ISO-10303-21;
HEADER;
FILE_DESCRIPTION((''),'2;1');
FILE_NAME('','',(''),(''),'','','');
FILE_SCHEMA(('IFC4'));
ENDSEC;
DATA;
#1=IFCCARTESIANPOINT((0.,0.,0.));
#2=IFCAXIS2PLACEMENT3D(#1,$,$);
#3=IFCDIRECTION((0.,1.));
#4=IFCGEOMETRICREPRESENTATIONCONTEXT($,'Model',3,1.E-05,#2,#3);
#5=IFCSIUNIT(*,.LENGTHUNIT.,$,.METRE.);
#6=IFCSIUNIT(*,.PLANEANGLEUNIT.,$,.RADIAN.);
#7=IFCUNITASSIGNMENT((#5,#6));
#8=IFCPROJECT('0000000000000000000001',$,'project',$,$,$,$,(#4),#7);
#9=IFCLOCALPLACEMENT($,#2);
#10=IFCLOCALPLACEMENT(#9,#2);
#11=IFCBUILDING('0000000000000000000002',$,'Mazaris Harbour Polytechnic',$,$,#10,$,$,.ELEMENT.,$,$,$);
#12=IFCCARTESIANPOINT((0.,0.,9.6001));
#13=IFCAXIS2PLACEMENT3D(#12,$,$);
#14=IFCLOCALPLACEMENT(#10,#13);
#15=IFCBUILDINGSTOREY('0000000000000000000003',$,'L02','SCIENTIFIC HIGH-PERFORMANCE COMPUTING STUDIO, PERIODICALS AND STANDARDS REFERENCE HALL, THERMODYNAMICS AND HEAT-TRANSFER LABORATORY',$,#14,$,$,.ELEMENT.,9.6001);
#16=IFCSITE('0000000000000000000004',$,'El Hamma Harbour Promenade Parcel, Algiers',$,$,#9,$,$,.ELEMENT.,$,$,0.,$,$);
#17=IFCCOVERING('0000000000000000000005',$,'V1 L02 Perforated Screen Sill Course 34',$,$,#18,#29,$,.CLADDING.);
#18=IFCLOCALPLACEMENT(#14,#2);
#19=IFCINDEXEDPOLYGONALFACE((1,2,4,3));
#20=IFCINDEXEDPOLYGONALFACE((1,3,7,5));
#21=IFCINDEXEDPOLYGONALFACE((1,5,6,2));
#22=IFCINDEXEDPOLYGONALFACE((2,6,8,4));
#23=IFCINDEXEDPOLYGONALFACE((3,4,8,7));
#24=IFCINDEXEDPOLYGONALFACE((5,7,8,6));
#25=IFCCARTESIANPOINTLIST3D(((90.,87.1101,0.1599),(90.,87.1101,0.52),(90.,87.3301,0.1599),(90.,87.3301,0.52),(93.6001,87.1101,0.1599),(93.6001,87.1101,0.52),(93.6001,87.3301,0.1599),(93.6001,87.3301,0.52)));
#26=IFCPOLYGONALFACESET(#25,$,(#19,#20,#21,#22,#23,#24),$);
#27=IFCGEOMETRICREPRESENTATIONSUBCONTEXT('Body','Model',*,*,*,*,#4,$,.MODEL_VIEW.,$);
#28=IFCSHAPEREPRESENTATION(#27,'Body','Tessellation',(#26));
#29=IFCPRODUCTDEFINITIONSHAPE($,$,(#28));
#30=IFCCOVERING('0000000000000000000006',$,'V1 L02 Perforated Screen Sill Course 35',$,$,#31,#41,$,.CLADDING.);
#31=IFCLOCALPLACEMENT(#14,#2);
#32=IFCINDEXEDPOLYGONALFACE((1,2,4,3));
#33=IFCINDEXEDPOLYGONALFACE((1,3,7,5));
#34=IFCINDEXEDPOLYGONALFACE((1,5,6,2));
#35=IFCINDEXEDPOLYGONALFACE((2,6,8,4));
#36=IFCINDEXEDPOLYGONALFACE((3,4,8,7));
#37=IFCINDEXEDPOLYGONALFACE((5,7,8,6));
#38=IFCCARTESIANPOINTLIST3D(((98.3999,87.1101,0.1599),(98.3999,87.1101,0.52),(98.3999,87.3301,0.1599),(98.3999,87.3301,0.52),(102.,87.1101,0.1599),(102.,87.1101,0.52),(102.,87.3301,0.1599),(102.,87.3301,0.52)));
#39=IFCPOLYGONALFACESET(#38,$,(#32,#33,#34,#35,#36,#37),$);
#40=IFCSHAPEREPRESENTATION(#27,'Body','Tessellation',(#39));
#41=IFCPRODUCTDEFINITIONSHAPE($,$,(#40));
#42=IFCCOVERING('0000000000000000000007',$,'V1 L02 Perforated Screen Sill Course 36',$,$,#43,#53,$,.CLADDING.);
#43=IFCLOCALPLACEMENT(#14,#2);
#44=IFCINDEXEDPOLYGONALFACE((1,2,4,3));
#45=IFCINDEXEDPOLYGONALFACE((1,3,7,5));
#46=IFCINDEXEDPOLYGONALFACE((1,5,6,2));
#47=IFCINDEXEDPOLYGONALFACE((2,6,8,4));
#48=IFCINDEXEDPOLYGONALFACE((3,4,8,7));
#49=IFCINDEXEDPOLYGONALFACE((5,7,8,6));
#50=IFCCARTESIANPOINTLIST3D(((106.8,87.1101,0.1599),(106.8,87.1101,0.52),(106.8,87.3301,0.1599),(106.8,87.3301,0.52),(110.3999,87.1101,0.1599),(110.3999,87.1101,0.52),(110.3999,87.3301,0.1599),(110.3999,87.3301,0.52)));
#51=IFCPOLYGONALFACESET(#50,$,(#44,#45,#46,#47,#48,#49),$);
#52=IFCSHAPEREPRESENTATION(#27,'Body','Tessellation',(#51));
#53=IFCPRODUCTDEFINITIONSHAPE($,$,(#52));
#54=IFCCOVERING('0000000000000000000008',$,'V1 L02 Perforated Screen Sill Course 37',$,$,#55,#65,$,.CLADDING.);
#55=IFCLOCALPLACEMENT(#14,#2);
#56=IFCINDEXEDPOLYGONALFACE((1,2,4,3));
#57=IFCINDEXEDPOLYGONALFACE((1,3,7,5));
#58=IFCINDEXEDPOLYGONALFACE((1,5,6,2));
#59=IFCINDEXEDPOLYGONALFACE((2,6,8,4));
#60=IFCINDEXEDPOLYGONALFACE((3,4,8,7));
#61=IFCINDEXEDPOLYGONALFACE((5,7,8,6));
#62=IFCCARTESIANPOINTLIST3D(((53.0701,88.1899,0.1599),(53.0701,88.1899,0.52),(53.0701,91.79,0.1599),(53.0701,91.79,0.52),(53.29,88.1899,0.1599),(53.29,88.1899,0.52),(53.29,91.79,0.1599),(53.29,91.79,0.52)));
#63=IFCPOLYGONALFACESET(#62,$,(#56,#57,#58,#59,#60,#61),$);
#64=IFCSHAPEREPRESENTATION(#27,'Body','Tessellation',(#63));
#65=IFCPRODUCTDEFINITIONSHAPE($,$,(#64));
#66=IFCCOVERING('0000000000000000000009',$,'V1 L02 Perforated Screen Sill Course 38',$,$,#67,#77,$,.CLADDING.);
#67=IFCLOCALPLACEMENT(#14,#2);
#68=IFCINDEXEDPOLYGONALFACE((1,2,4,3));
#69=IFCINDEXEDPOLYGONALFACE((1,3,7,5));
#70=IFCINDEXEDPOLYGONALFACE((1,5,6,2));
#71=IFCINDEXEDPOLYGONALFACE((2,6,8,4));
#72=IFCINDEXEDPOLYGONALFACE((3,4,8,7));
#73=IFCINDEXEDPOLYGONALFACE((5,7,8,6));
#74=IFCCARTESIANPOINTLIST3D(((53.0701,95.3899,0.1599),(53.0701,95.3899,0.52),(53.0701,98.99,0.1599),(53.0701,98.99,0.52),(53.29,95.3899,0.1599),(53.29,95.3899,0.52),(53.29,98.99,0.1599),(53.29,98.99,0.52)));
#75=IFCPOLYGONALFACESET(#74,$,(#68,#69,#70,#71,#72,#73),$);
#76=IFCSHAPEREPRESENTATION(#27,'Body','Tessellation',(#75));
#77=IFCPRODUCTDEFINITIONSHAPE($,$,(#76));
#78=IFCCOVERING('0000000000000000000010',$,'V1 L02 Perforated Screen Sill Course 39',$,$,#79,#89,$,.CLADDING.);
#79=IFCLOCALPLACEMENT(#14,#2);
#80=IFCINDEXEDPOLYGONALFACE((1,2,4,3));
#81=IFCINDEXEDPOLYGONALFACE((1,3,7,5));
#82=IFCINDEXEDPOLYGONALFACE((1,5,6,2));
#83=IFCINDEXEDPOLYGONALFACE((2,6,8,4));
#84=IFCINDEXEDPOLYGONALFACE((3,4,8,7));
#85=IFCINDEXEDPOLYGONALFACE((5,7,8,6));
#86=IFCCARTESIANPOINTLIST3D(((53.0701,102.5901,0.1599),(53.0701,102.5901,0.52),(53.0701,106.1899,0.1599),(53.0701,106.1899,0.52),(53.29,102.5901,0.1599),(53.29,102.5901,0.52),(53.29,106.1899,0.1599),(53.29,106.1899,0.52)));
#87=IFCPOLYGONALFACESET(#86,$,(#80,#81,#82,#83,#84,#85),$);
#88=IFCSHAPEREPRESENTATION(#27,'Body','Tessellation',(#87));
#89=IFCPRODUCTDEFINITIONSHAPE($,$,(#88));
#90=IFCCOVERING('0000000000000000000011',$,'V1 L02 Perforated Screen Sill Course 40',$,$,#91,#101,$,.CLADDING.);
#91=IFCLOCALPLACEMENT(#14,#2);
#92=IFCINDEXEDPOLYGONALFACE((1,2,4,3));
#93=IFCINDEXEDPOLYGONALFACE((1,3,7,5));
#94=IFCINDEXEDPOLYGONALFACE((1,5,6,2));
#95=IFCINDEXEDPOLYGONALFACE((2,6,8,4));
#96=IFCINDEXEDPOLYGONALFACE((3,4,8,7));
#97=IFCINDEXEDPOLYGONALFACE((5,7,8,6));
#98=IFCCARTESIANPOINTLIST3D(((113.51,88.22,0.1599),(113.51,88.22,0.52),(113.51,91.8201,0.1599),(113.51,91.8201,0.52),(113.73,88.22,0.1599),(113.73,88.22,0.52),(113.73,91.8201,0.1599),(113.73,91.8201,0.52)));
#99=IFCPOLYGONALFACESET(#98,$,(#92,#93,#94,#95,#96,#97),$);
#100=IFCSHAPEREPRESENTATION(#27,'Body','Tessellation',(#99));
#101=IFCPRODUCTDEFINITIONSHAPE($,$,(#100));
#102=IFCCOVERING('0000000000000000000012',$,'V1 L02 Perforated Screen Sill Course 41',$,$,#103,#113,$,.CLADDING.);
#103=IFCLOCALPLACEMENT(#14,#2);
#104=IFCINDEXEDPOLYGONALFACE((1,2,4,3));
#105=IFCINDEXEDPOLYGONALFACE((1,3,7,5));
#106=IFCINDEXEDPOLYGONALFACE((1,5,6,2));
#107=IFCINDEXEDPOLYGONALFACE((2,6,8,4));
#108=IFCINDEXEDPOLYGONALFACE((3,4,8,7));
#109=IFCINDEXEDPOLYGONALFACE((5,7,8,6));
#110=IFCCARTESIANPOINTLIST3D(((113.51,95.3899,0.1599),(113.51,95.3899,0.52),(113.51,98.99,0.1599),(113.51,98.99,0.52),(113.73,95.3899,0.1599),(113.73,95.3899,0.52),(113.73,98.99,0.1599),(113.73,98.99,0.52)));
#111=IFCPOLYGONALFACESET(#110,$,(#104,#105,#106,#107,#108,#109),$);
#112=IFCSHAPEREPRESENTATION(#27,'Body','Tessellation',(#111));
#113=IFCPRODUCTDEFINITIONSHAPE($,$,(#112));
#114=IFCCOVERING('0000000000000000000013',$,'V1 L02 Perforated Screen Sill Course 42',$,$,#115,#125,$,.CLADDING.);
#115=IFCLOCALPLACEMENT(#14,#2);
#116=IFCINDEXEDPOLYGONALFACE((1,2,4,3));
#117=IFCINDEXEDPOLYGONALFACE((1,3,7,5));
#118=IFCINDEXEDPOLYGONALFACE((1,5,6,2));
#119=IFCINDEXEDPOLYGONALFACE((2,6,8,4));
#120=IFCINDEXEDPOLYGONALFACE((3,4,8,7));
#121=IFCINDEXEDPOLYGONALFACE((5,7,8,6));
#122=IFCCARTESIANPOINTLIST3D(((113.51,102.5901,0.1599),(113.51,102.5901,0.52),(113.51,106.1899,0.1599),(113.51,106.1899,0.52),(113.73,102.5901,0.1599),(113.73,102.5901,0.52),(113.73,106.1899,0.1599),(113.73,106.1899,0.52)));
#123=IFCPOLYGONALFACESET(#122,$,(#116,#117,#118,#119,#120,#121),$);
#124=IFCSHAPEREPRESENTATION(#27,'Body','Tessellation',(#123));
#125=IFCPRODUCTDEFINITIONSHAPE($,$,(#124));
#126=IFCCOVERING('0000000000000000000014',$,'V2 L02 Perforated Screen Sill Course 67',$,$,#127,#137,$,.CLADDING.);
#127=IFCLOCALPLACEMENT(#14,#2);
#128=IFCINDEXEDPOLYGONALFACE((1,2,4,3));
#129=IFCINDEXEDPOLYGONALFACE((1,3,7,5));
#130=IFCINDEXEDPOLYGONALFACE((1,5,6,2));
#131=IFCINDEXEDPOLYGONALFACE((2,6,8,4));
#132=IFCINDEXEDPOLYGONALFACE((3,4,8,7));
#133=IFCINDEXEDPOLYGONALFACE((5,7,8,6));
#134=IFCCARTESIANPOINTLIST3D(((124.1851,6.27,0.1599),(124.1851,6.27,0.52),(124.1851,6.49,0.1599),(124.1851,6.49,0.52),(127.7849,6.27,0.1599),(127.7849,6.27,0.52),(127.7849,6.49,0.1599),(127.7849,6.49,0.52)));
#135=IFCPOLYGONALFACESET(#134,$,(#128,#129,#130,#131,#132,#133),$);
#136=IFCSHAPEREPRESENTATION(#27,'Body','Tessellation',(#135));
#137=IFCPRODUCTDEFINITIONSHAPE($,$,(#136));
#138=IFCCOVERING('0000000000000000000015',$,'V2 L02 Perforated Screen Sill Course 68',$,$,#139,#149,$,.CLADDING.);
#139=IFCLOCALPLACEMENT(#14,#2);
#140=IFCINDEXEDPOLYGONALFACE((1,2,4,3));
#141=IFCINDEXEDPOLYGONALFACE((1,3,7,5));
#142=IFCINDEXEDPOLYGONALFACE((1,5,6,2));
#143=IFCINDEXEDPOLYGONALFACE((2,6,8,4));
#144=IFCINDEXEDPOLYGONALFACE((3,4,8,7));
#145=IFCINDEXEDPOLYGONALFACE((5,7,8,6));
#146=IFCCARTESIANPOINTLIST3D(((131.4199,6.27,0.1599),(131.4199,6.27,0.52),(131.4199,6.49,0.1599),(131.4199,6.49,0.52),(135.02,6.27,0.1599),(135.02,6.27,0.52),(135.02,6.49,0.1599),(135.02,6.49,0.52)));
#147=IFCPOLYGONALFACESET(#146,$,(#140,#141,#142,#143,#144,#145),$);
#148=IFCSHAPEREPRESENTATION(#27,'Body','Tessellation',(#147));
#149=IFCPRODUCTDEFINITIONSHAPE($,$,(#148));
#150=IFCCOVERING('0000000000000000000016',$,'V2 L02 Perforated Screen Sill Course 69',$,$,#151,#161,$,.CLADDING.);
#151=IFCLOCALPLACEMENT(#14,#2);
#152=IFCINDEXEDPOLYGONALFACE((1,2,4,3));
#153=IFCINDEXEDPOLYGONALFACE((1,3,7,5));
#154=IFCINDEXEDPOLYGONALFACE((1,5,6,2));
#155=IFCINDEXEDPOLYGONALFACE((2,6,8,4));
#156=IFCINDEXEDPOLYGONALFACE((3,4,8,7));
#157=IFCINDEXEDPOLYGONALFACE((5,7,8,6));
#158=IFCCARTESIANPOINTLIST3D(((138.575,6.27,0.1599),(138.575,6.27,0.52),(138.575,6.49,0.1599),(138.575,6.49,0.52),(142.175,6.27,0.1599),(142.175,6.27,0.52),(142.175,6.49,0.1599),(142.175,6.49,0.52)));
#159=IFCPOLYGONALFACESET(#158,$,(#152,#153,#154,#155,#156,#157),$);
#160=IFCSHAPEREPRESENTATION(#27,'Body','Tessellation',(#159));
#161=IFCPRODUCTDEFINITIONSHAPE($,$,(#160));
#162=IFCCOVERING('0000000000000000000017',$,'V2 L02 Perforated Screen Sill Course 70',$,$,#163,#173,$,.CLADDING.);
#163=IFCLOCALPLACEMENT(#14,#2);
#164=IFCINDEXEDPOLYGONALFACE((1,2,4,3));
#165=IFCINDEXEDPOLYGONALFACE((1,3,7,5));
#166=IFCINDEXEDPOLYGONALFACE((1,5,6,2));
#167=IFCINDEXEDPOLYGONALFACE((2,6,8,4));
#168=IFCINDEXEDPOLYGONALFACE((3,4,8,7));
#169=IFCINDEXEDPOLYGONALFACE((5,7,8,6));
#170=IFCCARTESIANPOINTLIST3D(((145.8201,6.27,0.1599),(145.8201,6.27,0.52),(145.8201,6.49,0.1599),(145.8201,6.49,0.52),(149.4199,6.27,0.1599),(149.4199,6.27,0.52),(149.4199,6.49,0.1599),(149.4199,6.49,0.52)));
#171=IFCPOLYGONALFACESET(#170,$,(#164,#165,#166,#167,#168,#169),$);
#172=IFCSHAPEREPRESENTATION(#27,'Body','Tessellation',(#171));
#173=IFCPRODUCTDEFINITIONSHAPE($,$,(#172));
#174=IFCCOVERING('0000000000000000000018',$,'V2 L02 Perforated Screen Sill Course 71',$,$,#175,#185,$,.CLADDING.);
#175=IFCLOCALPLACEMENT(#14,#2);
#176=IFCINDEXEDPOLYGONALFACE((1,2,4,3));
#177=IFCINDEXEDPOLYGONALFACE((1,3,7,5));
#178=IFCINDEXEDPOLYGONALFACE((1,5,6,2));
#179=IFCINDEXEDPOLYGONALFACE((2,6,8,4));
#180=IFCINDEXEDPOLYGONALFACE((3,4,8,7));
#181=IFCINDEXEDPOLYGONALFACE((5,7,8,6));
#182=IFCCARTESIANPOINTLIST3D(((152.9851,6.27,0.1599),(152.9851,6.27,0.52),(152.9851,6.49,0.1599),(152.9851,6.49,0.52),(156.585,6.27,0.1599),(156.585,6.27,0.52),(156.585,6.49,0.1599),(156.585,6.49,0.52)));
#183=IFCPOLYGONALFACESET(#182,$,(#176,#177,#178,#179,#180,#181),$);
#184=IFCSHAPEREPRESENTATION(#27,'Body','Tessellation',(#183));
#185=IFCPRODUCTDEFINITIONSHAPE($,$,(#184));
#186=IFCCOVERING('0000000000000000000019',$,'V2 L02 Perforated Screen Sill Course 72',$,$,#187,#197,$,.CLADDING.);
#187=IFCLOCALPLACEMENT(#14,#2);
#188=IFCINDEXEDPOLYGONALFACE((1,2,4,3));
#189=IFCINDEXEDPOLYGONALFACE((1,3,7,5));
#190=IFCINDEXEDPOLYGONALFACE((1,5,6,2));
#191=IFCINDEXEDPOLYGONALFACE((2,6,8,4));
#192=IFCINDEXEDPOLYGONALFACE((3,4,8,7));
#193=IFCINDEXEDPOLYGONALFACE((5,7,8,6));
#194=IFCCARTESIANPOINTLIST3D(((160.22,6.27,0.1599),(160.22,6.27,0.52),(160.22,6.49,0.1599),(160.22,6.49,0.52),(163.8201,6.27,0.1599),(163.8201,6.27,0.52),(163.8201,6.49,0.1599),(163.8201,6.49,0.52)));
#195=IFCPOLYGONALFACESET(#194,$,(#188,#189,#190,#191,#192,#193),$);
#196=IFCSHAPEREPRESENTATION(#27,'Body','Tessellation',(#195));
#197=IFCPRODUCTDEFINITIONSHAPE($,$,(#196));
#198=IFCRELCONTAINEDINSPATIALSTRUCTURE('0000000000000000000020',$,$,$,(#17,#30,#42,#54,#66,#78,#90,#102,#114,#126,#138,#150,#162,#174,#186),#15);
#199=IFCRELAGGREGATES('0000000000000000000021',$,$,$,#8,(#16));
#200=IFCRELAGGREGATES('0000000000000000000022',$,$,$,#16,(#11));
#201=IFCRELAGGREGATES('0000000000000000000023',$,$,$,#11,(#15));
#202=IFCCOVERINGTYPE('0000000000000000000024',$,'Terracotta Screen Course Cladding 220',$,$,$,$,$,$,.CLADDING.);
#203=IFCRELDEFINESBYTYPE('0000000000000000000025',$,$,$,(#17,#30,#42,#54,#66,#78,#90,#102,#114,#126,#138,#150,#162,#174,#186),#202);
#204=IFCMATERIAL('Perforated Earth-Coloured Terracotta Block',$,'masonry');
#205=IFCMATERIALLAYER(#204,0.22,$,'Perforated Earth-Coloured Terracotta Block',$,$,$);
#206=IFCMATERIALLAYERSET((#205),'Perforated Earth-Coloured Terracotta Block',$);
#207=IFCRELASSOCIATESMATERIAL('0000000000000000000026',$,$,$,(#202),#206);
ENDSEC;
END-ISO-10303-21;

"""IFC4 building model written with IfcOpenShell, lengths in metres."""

from ifc_helpers import new_model, si_unit, direction, frame, origin, place, context, subcontext, project, spatial, polyline, outline, extrude, material, layer, layer_set, type_object, element, save


model = new_model("IFC4")

# Units and contexts
model_context = context("Model", 3, precision=1e-05, world=origin(), true_north=direction((0.0, 1.0)))
body_context = subcontext(model_context, "Body", "Model", "MODEL_VIEW")
ifc_project = project(units=[si_unit("LENGTHUNIT", "METRE"), si_unit("PLANEANGLEUNIT", "RADIAN")], contexts=[model_context])

# Site, building, storey
site_placement = place(None, origin())
site = spatial("IfcSite", under=ifc_project, at=site_placement, Name="El Hamma Harbour Promenade Parcel, Algiers", CompositionType="ELEMENT", RefElevation=0.0)
building_placement = place(site_placement, origin())
building = spatial("IfcBuilding", under=site, at=building_placement, Name="Mazaris Harbour Polytechnic", CompositionType="ELEMENT")
storey_placement = place(building_placement, frame((0.0, 0.0, 9.6001)))
storey = spatial("IfcBuildingStorey", under=building, at=storey_placement, Name="L02", Description="SCIENTIFIC HIGH-PERFORMANCE COMPUTING STUDIO, PERIODICALS AND STANDARDS REFERENCE HALL, THERMODYNAMICS AND HEAT-TRANSFER LABORATORY", CompositionType="ELEMENT", Elevation=9.6001)

# Coverings
ifc_material = material(Name="Perforated Earth-Coloured Terracotta Block", Category="masonry")
ifc_layer = layer(ifc_material, 0.22, Name="Perforated Earth-Coloured Terracotta Block")
ifc_layer_set = layer_set([ifc_layer], Name="Perforated Earth-Coloured Terracotta Block")
covering_type = type_object("IfcCoveringType", Name="Terracotta Screen Course Cladding 220", PredefinedType="CLADDING", material=ifc_layer_set)
covering_1_placement = place(storey_placement, frame((0.0, 0.0, 0.1599)))
element("IfcCovering", 1, at=covering_1_placement, inside=storey, type_object=covering_type, Name="V1 L02 Perforated Screen Sill Course 34", PredefinedType="CLADDING", context=body_context, shape_type="SweptSolid", body=[
    extrude(outline(polyline([(90.0, 87.1101), (93.6001, 87.1101), (93.6001, 87.3301), (90.0, 87.3301), (90.0, 87.1101)])), origin(), (0.0, 0.0, 1.0), 0.3601),
])
covering_2_placement = place(storey_placement, frame((0.0, 0.0, 0.1599)))
element("IfcCovering", 2, at=covering_2_placement, inside=storey, type_object=covering_type, Name="V1 L02 Perforated Screen Sill Course 35", PredefinedType="CLADDING", context=body_context, shape_type="SweptSolid", body=[
    extrude(outline(polyline([(98.3999, 87.1101), (102.0, 87.1101), (102.0, 87.3301), (98.3999, 87.3301), (98.3999, 87.1101)])), origin(), (0.0, 0.0, 1.0), 0.3601),
])
covering_3_placement = place(storey_placement, frame((0.0, 0.0, 0.1599)))
element("IfcCovering", 3, at=covering_3_placement, inside=storey, type_object=covering_type, Name="V1 L02 Perforated Screen Sill Course 36", PredefinedType="CLADDING", context=body_context, shape_type="SweptSolid", body=[
    extrude(outline(polyline([(106.8, 87.1101), (110.3999, 87.1101), (110.3999, 87.3301), (106.8, 87.3301), (106.8, 87.1101)])), origin(), (0.0, 0.0, 1.0), 0.3601),
])
covering_4_placement = place(storey_placement, frame((0.0, 0.0, 0.1599)))
element("IfcCovering", 4, at=covering_4_placement, inside=storey, type_object=covering_type, Name="V1 L02 Perforated Screen Sill Course 37", PredefinedType="CLADDING", context=body_context, shape_type="SweptSolid", body=[
    extrude(outline(polyline([(53.29, 88.1899), (53.29, 91.79), (53.0701, 91.79), (53.0701, 88.1899), (53.29, 88.1899)])), origin(), (0.0, 0.0, 1.0), 0.3601),
])
covering_5_placement = place(storey_placement, frame((0.0, 0.0, 0.1599)))
element("IfcCovering", 5, at=covering_5_placement, inside=storey, type_object=covering_type, Name="V1 L02 Perforated Screen Sill Course 38", PredefinedType="CLADDING", context=body_context, shape_type="SweptSolid", body=[
    extrude(outline(polyline([(53.29, 95.3899), (53.29, 98.99), (53.0701, 98.99), (53.0701, 95.3899), (53.29, 95.3899)])), origin(), (0.0, 0.0, 1.0), 0.3601),
])
covering_6_placement = place(storey_placement, frame((0.0, 0.0, 0.1599)))
element("IfcCovering", 6, at=covering_6_placement, inside=storey, type_object=covering_type, Name="V1 L02 Perforated Screen Sill Course 39", PredefinedType="CLADDING", context=body_context, shape_type="SweptSolid", body=[
    extrude(outline(polyline([(53.29, 102.5901), (53.29, 106.1899), (53.0701, 106.1899), (53.0701, 102.5901), (53.29, 102.5901)])), origin(), (0.0, 0.0, 1.0), 0.3601),
])
covering_7_placement = place(storey_placement, frame((0.0, 0.0, 0.1599)))
element("IfcCovering", 7, at=covering_7_placement, inside=storey, type_object=covering_type, Name="V1 L02 Perforated Screen Sill Course 40", PredefinedType="CLADDING", context=body_context, shape_type="SweptSolid", body=[
    extrude(outline(polyline([(113.51, 91.8201), (113.51, 88.22), (113.73, 88.22), (113.73, 91.8201), (113.51, 91.8201)])), origin(), (0.0, 0.0, 1.0), 0.3601),
])
covering_8_placement = place(storey_placement, frame((0.0, 0.0, 0.1599)))
element("IfcCovering", 8, at=covering_8_placement, inside=storey, type_object=covering_type, Name="V1 L02 Perforated Screen Sill Course 41", PredefinedType="CLADDING", context=body_context, shape_type="SweptSolid", body=[
    extrude(outline(polyline([(113.51, 98.99), (113.51, 95.3899), (113.73, 95.3899), (113.73, 98.99), (113.51, 98.99)])), origin(), (0.0, 0.0, 1.0), 0.3601),
])
covering_9_placement = place(storey_placement, frame((0.0, 0.0, 0.1599)))
element("IfcCovering", 9, at=covering_9_placement, inside=storey, type_object=covering_type, Name="V1 L02 Perforated Screen Sill Course 42", PredefinedType="CLADDING", context=body_context, shape_type="SweptSolid", body=[
    extrude(outline(polyline([(113.51, 106.1899), (113.51, 102.5901), (113.73, 102.5901), (113.73, 106.1899), (113.51, 106.1899)])), origin(), (0.0, 0.0, 1.0), 0.3601),
])
covering_10_placement = place(storey_placement, frame((0.0, 0.0, 0.1599)))
element("IfcCovering", 10, at=covering_10_placement, inside=storey, type_object=covering_type, Name="V2 L02 Perforated Screen Sill Course 67", PredefinedType="CLADDING", context=body_context, shape_type="SweptSolid", body=[
    extrude(outline(polyline([(127.7849, 6.49), (124.1851, 6.49), (124.1851, 6.27), (127.7849, 6.27), (127.7849, 6.49)])), origin(), (0.0, 0.0, 1.0), 0.3601),
])
covering_11_placement = place(storey_placement, frame((0.0, 0.0, 0.1599)))
element("IfcCovering", 11, at=covering_11_placement, inside=storey, type_object=covering_type, Name="V2 L02 Perforated Screen Sill Course 68", PredefinedType="CLADDING", context=body_context, shape_type="SweptSolid", body=[
    extrude(outline(polyline([(135.02, 6.49), (131.4199, 6.49), (131.4199, 6.27), (135.02, 6.27), (135.02, 6.49)])), origin(), (0.0, 0.0, 1.0), 0.3601),
])
covering_12_placement = place(storey_placement, frame((0.0, 0.0, 0.1599)))
element("IfcCovering", 12, at=covering_12_placement, inside=storey, type_object=covering_type, Name="V2 L02 Perforated Screen Sill Course 69", PredefinedType="CLADDING", context=body_context, shape_type="SweptSolid", body=[
    extrude(outline(polyline([(142.175, 6.49), (138.575, 6.49), (138.575, 6.27), (142.175, 6.27), (142.175, 6.49)])), origin(), (0.0, 0.0, 1.0), 0.3601),
])
covering_13_placement = place(storey_placement, frame((0.0, 0.0, 0.1599)))
element("IfcCovering", 13, at=covering_13_placement, inside=storey, type_object=covering_type, Name="V2 L02 Perforated Screen Sill Course 70", PredefinedType="CLADDING", context=body_context, shape_type="SweptSolid", body=[
    extrude(outline(polyline([(149.4199, 6.49), (145.8201, 6.49), (145.8201, 6.27), (149.4199, 6.27), (149.4199, 6.49)])), origin(), (0.0, 0.0, 1.0), 0.3601),
])
covering_14_placement = place(storey_placement, frame((0.0, 0.0, 0.1599)))
element("IfcCovering", 14, at=covering_14_placement, inside=storey, type_object=covering_type, Name="V2 L02 Perforated Screen Sill Course 71", PredefinedType="CLADDING", context=body_context, shape_type="SweptSolid", body=[
    extrude(outline(polyline([(156.585, 6.49), (152.9851, 6.49), (152.9851, 6.27), (156.585, 6.27), (156.585, 6.49)])), origin(), (0.0, 0.0, 1.0), 0.3601),
])
covering_15_placement = place(storey_placement, frame((0.0, 0.0, 0.1599)))
element("IfcCovering", 15, at=covering_15_placement, inside=storey, type_object=covering_type, Name="V2 L02 Perforated Screen Sill Course 72", PredefinedType="CLADDING", context=body_context, shape_type="SweptSolid", body=[
    extrude(outline(polyline([(163.8201, 6.49), (160.22, 6.49), (160.22, 6.27), (163.8201, 6.27), (163.8201, 6.49)])), origin(), (0.0, 0.0, 1.0), 0.3601),
])

save(model, "model.ifc")
